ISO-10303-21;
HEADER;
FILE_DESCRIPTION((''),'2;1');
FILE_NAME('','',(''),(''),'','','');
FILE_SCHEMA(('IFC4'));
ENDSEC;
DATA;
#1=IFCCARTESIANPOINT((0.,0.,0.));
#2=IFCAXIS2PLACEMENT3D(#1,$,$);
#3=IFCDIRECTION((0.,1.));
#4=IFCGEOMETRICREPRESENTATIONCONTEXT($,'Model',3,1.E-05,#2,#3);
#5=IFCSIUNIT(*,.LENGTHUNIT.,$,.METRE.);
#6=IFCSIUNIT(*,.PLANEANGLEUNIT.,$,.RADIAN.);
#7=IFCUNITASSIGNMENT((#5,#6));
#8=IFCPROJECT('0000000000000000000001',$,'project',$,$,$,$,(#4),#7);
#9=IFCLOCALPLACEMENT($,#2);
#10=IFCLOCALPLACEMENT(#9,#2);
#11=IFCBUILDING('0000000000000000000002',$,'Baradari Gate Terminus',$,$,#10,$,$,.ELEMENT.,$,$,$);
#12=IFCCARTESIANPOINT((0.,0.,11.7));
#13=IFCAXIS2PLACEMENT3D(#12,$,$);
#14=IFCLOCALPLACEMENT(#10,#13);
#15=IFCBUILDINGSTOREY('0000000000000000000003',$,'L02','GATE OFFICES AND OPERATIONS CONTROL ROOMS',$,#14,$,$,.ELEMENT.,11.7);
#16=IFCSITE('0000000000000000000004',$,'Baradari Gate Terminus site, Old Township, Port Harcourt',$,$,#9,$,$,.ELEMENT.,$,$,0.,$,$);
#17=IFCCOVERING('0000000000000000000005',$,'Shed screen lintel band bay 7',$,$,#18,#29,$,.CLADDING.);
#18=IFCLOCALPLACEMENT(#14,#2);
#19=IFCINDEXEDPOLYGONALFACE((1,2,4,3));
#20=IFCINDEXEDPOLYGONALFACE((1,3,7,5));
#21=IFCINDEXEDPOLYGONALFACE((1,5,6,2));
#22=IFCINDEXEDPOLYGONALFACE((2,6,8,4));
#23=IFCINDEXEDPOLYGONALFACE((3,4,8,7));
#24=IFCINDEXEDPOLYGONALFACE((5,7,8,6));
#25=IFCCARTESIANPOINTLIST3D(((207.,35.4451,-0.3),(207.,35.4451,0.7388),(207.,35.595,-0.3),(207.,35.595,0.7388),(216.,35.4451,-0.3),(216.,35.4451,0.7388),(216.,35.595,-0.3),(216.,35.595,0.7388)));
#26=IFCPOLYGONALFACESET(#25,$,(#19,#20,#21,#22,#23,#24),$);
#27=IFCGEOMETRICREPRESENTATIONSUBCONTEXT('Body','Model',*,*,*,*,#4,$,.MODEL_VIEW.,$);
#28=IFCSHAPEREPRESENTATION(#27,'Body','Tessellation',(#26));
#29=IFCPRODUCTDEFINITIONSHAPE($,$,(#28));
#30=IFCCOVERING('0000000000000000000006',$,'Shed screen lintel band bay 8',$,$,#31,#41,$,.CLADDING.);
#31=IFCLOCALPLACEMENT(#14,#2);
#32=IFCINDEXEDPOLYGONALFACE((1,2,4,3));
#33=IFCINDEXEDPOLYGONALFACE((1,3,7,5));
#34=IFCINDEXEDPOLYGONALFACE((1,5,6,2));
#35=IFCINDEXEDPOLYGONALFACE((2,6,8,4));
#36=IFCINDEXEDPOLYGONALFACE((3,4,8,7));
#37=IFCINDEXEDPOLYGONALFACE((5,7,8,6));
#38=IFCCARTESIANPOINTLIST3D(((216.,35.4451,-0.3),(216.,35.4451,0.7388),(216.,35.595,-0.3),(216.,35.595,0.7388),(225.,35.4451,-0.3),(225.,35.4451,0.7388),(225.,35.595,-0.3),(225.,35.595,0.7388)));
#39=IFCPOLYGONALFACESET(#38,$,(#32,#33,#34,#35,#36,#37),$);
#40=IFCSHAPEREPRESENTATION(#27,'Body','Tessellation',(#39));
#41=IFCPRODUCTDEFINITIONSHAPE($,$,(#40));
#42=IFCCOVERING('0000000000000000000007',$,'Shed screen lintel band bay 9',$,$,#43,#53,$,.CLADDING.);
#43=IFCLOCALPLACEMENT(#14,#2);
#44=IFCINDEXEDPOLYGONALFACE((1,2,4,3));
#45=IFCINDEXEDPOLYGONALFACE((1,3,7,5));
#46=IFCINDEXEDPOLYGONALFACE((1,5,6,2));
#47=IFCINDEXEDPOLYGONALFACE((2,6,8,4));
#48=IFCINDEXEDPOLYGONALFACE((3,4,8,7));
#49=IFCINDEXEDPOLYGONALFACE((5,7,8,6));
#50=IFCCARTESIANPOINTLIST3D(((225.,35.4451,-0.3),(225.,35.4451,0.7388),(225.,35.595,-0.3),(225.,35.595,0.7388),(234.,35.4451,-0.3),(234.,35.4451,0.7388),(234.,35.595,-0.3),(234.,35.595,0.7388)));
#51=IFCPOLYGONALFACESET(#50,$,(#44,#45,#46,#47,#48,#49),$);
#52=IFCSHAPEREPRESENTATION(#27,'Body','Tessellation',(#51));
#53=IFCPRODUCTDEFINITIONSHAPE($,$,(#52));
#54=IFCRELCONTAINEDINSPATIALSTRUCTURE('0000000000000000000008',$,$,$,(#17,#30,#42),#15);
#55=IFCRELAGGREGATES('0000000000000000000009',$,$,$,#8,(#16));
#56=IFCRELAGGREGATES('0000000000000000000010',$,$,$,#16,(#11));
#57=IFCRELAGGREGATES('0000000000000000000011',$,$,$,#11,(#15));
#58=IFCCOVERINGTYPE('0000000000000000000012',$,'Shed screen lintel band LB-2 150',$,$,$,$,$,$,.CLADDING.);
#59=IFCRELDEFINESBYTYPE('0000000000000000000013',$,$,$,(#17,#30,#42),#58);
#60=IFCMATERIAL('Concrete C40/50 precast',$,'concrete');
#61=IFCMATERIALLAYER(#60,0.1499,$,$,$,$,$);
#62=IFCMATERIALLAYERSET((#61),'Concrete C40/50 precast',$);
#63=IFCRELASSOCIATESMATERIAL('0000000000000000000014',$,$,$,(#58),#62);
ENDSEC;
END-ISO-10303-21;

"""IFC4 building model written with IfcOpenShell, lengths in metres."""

from ifc_helpers import new_model, si_unit, direction, frame, origin, place, context, subcontext, project, spatial, polyline, outline, extrude, material, layer, layer_set, type_object, element, save


model = new_model("IFC4")

# Units and contexts
model_context = context("Model", 3, precision=1e-05, world=origin(), true_north=direction((0.0, 1.0)))
body_context = subcontext(model_context, "Body", "Model", "MODEL_VIEW")
ifc_project = project(units=[si_unit("LENGTHUNIT", "METRE"), si_unit("PLANEANGLEUNIT", "RADIAN")], contexts=[model_context])

# Site, building, storey
site_placement = place(None, origin())
site = spatial("IfcSite", under=ifc_project, at=site_placement, Name="Baradari Gate Terminus site, Old Township, Port Harcourt", CompositionType="ELEMENT", RefElevation=0.0)
building_placement = place(site_placement, origin())
building = spatial("IfcBuilding", under=site, at=building_placement, Name="Baradari Gate Terminus", CompositionType="ELEMENT")
storey_placement = place(building_placement, frame((0.0, 0.0, 11.7)))
storey = spatial("IfcBuildingStorey", under=building, at=storey_placement, Name="L02", Description="GATE OFFICES AND OPERATIONS CONTROL ROOMS", CompositionType="ELEMENT", Elevation=11.7)

# Coverings
ifc_material_1 = material(Name="Concrete C40/50 precast", Category="concrete")
ifc_layer_1 = layer(ifc_material_1, 0.1499)
ifc_layer_set_1 = layer_set([ifc_layer_1], Name="Concrete C40/50 precast")
covering_type = type_object("IfcCoveringType", Name="Shed screen lintel band LB-2 150", PredefinedType="CLADDING", material=ifc_layer_set_1)
for number, where, z_axis, x_axis, name in (
    (1, (207.0, 35.52, -0.3), (0.0, 0.0, 1.0), (1.0, 0.0, 0.0), "Shed screen lintel band bay 7"),
    (2, (216.0, 35.52, -0.3), (0.0, 0.0, 1.0), (1.0, 0.0, 0.0), "Shed screen lintel band bay 8"),
    (3, (225.0, 35.52, -0.3), (0.0, 0.0, 1.0), (1.0, 0.0, 0.0), "Shed screen lintel band bay 9"),
):
    element("IfcCovering", number, at=place(storey_placement, frame(where, z_axis=z_axis, x_axis=x_axis)), inside=storey, type_object=covering_type, Name=name, PredefinedType="CLADDING", context=body_context, shape_type="SweptSolid", body=[
        extrude(outline(polyline([(9.0, 0.0), (9.0, 1.0388), (0.0, 1.0388), (0.0, 0.0), (9.0, 0.0)])), frame((0.0, 0.075, 0.0), z_axis=(0.0, -1.0, 0.0), x_axis=(1.0, 0.0, 0.0)), (0.0, 0.0, 1.0), 0.1499),
    ])

save(model, "model.ifc")
